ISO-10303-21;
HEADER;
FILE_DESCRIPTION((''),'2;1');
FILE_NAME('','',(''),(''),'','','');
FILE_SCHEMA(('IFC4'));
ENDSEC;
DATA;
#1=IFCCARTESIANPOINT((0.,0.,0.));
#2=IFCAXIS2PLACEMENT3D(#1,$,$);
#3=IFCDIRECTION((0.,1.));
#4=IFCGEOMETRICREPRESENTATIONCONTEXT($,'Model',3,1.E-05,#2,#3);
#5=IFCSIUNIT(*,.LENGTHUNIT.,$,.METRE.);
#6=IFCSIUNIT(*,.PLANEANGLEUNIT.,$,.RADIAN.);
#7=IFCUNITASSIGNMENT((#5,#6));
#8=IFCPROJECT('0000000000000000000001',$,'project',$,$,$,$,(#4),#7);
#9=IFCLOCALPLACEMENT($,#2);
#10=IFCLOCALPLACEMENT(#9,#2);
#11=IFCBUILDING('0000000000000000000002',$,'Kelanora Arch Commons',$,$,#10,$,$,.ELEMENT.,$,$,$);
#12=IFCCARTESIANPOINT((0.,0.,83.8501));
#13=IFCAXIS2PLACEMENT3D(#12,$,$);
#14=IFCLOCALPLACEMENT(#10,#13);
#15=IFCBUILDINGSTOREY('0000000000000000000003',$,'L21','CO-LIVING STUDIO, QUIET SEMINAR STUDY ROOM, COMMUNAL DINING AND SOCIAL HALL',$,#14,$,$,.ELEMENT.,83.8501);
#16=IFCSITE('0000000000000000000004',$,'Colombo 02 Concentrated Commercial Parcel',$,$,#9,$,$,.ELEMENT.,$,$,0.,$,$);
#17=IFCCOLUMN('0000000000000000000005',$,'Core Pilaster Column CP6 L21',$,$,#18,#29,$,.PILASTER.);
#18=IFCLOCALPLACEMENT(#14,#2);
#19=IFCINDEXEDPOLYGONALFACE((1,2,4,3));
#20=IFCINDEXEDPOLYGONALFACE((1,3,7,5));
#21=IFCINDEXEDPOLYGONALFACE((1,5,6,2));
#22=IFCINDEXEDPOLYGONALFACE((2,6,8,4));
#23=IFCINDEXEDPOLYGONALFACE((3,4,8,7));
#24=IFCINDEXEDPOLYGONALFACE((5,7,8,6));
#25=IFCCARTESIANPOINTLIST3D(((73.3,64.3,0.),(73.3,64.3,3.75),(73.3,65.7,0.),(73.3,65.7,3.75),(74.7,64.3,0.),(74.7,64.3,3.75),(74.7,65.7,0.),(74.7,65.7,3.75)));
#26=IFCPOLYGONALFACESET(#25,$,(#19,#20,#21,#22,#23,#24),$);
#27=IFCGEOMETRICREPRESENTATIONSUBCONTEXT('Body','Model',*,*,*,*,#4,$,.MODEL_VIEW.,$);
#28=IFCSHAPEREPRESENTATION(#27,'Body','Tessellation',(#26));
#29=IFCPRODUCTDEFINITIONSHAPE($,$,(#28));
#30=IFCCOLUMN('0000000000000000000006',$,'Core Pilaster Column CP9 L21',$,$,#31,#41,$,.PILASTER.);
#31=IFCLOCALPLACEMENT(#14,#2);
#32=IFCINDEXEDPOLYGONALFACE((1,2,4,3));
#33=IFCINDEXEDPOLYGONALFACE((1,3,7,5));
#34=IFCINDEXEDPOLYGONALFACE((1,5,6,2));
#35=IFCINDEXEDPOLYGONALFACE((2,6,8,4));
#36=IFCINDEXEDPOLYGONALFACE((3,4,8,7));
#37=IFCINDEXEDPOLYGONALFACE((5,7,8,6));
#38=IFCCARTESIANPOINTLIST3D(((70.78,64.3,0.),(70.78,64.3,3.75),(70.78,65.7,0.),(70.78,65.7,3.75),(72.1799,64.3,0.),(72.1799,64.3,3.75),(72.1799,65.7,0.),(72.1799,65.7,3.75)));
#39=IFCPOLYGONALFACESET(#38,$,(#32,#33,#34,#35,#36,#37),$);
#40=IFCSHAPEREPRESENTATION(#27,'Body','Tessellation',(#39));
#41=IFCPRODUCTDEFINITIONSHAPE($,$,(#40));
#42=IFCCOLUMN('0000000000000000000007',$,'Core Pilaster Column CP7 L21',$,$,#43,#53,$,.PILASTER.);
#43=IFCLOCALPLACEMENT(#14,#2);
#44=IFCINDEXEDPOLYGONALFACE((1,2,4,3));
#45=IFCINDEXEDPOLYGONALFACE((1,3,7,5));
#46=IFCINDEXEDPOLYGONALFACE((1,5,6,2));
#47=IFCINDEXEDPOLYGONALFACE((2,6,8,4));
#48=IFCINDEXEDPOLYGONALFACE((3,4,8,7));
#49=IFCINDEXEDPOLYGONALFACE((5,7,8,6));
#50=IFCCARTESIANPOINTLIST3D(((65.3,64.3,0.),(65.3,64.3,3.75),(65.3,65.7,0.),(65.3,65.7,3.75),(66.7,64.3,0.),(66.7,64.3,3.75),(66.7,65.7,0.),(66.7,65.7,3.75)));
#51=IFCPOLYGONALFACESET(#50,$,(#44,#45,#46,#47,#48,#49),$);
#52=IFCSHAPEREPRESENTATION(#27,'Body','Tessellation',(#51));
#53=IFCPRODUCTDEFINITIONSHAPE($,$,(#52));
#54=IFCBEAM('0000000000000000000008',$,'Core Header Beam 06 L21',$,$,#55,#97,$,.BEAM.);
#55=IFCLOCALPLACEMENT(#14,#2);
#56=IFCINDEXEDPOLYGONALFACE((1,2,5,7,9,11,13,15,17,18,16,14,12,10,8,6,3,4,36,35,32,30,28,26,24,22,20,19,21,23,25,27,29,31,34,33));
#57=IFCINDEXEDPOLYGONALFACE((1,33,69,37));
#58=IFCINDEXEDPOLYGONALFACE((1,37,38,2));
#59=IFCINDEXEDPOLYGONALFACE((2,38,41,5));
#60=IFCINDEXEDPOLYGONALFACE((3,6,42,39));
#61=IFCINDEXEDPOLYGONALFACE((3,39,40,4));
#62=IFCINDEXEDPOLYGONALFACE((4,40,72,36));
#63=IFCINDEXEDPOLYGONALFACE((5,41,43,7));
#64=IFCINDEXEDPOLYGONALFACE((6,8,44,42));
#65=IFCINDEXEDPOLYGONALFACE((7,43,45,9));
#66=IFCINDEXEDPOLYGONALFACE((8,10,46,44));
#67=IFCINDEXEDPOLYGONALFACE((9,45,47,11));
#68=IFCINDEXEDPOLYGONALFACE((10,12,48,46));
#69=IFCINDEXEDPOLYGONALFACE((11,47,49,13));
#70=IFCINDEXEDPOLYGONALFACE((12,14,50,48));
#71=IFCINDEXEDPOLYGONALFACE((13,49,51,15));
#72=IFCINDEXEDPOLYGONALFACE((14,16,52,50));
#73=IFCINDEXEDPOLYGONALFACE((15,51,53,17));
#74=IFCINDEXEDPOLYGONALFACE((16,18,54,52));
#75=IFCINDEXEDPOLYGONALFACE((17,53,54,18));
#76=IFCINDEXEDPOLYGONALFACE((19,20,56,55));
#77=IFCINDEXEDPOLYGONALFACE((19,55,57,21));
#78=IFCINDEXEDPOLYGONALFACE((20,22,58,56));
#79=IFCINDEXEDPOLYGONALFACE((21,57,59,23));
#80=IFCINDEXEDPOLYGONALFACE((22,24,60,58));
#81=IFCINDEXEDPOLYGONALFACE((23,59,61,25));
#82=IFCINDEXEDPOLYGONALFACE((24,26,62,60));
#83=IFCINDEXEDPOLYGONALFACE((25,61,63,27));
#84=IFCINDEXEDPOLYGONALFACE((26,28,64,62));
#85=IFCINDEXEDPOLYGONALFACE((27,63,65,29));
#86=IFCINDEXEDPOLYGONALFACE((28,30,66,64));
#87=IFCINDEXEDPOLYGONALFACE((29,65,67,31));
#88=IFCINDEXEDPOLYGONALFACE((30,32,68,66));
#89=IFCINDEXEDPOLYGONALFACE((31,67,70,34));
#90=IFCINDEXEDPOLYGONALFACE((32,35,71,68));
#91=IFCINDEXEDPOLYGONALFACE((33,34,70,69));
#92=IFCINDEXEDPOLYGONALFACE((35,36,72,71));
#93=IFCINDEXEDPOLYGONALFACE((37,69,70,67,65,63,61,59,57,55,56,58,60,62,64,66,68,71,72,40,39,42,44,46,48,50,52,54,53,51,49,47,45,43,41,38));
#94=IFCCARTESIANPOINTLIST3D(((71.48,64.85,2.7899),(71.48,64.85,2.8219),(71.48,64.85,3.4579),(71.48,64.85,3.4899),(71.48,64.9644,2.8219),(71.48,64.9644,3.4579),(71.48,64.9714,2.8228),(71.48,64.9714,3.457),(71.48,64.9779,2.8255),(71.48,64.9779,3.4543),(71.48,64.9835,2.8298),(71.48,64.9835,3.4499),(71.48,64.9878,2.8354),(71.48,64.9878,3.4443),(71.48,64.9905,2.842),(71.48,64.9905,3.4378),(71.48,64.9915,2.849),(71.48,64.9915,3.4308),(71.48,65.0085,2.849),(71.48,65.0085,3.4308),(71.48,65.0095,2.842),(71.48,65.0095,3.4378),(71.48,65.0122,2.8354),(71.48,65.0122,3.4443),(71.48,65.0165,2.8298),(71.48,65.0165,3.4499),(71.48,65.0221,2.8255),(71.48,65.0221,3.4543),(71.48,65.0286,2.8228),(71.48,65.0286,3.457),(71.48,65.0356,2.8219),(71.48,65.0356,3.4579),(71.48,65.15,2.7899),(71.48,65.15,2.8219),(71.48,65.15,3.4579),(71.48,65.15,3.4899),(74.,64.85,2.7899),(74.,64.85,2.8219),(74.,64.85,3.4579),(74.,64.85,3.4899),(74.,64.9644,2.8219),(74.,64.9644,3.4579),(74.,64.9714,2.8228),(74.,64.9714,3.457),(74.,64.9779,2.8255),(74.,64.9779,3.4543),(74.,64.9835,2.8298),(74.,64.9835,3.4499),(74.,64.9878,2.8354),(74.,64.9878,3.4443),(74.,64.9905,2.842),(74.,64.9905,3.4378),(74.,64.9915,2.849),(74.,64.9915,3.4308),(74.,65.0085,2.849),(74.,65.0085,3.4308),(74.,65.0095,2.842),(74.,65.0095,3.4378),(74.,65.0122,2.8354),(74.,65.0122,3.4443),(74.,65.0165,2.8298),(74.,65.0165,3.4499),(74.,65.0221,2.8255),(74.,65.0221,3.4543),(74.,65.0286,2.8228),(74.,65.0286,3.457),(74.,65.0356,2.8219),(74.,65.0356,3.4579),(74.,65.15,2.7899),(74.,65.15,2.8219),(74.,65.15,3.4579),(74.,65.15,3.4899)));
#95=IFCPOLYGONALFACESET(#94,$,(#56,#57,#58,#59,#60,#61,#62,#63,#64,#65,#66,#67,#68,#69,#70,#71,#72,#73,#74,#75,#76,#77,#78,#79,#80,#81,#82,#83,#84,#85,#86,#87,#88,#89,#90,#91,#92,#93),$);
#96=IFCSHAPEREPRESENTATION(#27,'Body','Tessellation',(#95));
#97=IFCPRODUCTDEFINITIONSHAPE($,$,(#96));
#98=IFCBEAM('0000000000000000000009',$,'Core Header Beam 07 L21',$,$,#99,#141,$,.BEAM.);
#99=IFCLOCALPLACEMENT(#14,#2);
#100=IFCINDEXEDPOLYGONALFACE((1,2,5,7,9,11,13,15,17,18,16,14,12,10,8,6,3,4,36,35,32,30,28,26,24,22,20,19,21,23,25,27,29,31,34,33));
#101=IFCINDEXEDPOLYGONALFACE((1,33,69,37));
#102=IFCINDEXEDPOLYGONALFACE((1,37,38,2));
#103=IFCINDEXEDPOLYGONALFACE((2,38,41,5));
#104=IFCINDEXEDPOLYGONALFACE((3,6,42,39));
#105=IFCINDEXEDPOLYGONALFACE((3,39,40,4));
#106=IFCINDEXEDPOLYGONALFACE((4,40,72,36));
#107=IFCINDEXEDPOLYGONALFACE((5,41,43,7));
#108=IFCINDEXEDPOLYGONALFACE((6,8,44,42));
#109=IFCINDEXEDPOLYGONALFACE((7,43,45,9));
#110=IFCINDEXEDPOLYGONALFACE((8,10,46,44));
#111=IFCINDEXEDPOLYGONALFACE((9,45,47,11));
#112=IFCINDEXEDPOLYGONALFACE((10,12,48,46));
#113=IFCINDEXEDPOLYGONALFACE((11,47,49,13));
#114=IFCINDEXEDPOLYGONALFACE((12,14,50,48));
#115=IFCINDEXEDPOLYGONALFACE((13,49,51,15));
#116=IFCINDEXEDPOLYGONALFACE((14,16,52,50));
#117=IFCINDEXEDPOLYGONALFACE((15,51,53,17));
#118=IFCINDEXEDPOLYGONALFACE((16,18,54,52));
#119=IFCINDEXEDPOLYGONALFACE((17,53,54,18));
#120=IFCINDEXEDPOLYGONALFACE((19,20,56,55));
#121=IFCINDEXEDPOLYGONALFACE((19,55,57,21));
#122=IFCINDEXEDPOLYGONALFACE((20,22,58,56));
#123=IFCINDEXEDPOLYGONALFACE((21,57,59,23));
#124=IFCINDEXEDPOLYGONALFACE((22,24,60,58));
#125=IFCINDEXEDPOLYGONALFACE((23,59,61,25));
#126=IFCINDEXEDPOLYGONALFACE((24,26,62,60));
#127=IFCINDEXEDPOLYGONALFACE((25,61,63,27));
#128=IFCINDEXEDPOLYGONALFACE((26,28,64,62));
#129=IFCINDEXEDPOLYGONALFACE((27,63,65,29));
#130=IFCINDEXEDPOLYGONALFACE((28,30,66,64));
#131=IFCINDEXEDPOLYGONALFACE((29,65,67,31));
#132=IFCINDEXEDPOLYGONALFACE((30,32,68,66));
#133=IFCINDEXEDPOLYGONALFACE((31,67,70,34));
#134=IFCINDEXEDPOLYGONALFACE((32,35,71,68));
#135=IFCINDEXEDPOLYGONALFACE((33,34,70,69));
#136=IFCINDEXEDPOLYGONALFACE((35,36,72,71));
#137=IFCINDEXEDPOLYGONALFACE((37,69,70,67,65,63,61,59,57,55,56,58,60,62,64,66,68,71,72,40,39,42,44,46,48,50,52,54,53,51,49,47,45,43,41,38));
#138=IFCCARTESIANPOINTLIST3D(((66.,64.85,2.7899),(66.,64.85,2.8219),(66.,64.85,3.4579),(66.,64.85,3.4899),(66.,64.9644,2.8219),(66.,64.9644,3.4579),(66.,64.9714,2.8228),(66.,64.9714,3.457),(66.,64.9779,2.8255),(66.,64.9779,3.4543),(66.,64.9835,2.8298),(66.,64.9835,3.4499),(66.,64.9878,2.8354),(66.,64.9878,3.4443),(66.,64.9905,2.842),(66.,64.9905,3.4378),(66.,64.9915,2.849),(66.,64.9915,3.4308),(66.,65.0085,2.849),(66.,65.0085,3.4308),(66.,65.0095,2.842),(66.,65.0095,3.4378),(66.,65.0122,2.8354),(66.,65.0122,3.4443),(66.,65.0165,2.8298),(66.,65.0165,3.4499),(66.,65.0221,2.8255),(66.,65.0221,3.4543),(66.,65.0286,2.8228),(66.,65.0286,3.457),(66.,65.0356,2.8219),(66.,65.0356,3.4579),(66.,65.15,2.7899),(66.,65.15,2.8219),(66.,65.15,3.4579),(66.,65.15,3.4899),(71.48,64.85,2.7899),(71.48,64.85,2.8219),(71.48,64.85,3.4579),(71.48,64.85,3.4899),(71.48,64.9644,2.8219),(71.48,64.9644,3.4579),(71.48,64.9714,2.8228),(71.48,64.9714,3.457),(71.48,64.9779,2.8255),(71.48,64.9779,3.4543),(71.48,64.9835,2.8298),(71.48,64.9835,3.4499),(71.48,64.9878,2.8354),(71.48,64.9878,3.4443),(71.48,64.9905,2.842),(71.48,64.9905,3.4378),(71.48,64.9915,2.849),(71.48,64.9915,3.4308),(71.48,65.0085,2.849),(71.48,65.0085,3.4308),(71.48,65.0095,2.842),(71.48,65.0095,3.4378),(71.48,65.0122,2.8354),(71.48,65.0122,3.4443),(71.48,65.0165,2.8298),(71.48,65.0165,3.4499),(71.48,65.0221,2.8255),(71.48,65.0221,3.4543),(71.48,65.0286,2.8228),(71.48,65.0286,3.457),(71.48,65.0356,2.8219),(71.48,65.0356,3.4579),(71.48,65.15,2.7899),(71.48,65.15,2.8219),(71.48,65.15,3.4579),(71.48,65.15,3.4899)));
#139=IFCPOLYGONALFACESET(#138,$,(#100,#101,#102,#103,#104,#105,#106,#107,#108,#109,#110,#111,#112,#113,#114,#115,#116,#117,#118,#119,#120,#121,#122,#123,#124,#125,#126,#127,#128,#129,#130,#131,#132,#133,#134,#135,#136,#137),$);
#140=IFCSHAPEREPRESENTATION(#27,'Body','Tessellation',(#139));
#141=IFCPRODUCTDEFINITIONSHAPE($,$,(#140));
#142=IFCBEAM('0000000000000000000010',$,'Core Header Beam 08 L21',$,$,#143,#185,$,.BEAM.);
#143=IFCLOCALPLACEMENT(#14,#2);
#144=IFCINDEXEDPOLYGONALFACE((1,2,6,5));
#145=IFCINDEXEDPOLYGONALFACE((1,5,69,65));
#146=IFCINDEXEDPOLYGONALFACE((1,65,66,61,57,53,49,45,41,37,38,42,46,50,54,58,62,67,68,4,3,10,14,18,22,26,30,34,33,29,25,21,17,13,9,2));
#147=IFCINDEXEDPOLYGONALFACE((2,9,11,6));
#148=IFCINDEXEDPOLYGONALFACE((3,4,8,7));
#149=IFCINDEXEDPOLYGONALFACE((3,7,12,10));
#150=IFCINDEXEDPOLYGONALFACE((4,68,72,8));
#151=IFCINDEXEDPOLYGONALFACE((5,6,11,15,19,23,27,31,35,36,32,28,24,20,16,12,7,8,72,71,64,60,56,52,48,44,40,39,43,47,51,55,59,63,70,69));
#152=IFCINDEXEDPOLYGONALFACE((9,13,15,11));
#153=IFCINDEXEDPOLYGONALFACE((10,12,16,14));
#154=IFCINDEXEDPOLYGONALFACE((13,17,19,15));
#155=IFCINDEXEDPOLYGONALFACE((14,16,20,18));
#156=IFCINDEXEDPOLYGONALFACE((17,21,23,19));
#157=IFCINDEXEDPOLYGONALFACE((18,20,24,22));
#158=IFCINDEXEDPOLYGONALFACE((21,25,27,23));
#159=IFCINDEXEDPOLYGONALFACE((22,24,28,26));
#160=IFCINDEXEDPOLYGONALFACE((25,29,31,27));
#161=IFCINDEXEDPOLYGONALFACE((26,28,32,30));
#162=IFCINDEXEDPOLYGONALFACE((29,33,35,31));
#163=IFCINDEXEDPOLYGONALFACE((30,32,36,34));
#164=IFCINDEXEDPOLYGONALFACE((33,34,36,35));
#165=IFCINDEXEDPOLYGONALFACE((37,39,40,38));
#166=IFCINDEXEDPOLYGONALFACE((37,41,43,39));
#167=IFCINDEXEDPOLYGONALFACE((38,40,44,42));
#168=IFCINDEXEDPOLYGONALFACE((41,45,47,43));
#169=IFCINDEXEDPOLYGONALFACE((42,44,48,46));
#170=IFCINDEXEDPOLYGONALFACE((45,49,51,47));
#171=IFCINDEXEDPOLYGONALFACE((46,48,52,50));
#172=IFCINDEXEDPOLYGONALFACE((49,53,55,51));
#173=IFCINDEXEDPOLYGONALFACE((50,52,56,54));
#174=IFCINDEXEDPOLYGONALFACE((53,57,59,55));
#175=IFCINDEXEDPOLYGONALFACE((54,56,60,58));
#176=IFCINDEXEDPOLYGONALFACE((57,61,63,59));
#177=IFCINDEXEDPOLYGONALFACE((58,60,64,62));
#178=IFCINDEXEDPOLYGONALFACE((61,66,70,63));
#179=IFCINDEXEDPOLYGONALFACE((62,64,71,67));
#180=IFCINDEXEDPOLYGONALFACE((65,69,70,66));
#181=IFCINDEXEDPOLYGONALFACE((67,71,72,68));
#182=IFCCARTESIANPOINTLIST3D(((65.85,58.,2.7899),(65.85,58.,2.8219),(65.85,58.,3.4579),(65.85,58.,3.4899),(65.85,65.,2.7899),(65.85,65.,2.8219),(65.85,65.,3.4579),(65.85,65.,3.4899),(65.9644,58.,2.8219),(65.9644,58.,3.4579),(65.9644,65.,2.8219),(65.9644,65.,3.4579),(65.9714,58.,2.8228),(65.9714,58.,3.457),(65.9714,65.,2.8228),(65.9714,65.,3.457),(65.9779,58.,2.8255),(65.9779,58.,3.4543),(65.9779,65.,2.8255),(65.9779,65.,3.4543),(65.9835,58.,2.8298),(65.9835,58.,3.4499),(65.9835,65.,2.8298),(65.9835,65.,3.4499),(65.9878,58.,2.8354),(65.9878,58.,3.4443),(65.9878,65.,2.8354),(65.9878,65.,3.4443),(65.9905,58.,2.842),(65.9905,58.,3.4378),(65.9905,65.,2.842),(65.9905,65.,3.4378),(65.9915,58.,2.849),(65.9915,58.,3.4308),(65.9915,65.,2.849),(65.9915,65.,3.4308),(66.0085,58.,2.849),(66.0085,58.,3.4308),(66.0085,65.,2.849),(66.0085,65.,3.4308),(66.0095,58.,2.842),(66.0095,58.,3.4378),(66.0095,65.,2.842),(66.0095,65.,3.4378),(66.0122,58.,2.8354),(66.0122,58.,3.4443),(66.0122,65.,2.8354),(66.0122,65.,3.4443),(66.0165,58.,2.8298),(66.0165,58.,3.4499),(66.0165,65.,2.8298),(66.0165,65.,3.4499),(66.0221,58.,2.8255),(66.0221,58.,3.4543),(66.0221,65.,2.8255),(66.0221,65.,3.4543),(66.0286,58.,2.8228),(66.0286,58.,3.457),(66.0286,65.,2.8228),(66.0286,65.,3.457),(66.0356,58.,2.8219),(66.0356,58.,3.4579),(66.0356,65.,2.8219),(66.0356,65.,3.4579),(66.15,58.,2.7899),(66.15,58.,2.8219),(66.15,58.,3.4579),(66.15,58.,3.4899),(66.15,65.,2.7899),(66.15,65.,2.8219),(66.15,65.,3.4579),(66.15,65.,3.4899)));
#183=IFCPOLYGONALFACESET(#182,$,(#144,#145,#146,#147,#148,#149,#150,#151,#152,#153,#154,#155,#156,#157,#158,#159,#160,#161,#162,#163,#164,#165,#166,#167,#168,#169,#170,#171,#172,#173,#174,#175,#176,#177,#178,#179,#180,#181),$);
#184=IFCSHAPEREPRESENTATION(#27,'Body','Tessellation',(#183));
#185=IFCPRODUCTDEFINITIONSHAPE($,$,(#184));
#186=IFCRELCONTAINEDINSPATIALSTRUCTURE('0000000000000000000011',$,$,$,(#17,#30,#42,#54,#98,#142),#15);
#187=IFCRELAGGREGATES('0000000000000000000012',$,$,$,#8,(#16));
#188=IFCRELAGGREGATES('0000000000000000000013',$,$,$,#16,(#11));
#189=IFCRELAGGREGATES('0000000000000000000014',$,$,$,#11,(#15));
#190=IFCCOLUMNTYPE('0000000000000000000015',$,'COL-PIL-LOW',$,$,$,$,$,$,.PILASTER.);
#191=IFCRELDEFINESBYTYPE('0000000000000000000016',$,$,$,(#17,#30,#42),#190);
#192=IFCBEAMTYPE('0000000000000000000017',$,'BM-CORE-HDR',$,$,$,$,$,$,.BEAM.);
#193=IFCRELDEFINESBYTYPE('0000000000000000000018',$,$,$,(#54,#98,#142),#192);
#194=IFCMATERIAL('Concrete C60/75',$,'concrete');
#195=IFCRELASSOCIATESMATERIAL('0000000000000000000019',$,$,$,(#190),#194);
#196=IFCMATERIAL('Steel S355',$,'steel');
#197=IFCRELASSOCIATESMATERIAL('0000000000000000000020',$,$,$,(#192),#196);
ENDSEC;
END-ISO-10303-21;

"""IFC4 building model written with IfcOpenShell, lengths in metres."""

from ifc_helpers import new_model, si_unit, direction, frame, origin, origin_2d, place, context, subcontext, project, spatial, rectangle, i_section, extrude, material, material_profile, profile_set, type_object, element, save


model = new_model("IFC4")

# Units and contexts
model_context = context("Model", 3, precision=1e-05, world=origin(), true_north=direction((0.0, 1.0)))
body_context = subcontext(model_context, "Body", "Model", "MODEL_VIEW")
ifc_project = project(units=[si_unit("LENGTHUNIT", "METRE"), si_unit("PLANEANGLEUNIT", "RADIAN")], contexts=[model_context])

# Site, building, storey
site_placement = place(None, origin())
site = spatial("IfcSite", under=ifc_project, at=site_placement, Name="Colombo 02 Concentrated Commercial Parcel", CompositionType="ELEMENT", RefElevation=0.0)
building_placement = place(site_placement, origin())
building = spatial("IfcBuilding", under=site, at=building_placement, Name="Kelanora Arch Commons", CompositionType="ELEMENT")
storey_placement = place(building_placement, frame((0.0, 0.0, 83.8501)))
storey = spatial("IfcBuildingStorey", under=building, at=storey_placement, Name="L21", Description="CO-LIVING STUDIO, QUIET SEMINAR STUDY ROOM, COMMUNAL DINING AND SOCIAL HALL", CompositionType="ELEMENT", Elevation=83.8501)

# Columns
ifc_material_1 = material(Name="Concrete C60/75", Category="concrete")
ifc_material_profile_1 = material_profile(ifc_material_1, rectangle(XDim=1.3999, YDim=1.3999, at=origin_2d()), Name="RC1400x1400")
ifc_profile_set_1 = profile_set([ifc_material_profile_1], Name="Concrete C60/75")
column_type = type_object("IfcColumnType", Name="COL-PIL-LOW", PredefinedType="PILASTER", material=ifc_profile_set_1)
for number, where, z_axis, x_axis, name in (
    (1, (74.0, 65.0, 0.0), (0.0, 0.0, 1.0), (1.0, 0.0, 0.0), "Core Pilaster Column CP6 L21"),
    (2, (71.48, 65.0, 0.0), (0.0, 0.0, 1.0), (1.0, 0.0, 0.0), "Core Pilaster Column CP9 L21"),
    (3, (66.0, 65.0, 0.0), (0.0, 0.0, 1.0), (1.0, 0.0, 0.0), "Core Pilaster Column CP7 L21"),
):
    element("IfcColumn", number, at=place(storey_placement, frame(where, z_axis=z_axis, x_axis=x_axis)), inside=storey, type_object=column_type, Name=name, PredefinedType="PILASTER", context=body_context, shape_type="SweptSolid", body=[
        extrude(rectangle(XDim=1.3999, YDim=1.3999, at=origin_2d()), origin(), (0.0, 0.0, 1.0), 3.75),
    ])

# Beams
ifc_material_2 = material(Name="Steel S355", Category="steel")
ifc_material_profile_2 = material_profile(ifc_material_2, i_section(OverallWidth=0.3, OverallDepth=0.7, WebThickness=0.0171, FlangeThickness=0.032, FilletRadius=0.0271, at=origin_2d()), Name="HEB700")
ifc_profile_set_2 = profile_set([ifc_material_profile_2], Name="Steel S355")
beam_type_1 = type_object("IfcBeamType", Name="BM-CORE-HDR", PredefinedType="BEAM", material=ifc_profile_set_2)
beam_1_placement = place(storey_placement, frame((74.0, 65.0, 3.1399), z_axis=(-1.0, 0.0, 0.0), x_axis=(0.0, -1.0, 0.0)))
element("IfcBeam", 4, at=beam_1_placement, inside=storey, type_object=beam_type_1, Name="Core Header Beam 06 L21", PredefinedType="BEAM", context=body_context, shape_type="SweptSolid", body=[
    extrude(i_section(OverallWidth=0.3, OverallDepth=0.7, WebThickness=0.0171, FlangeThickness=0.032, FilletRadius=0.0271, at=origin_2d()), origin(), (0.0, 0.0, 1.0), 2.52),
])
beam_2_placement = place(storey_placement, frame((71.48, 65.0, 3.1399), z_axis=(-1.0, 0.0, 0.0), x_axis=(0.0, -1.0, 0.0)))
element("IfcBeam", 5, at=beam_2_placement, inside=storey, type_object=beam_type_1, Name="Core Header Beam 07 L21", PredefinedType="BEAM", context=body_context, shape_type="SweptSolid", body=[
    extrude(i_section(OverallWidth=0.3, OverallDepth=0.7, WebThickness=0.0171, FlangeThickness=0.032, FilletRadius=0.0271, at=origin_2d()), origin(), (0.0, 0.0, 1.0), 5.48),
])
beam_3_placement = place(storey_placement, frame((66.0, 65.0, 3.1399), z_axis=(0.0, -1.0, 0.0), x_axis=(1.0, 0.0, 0.0)))
element("IfcBeam", 6, at=beam_3_placement, inside=storey, type_object=beam_type_1, Name="Core Header Beam 08 L21", PredefinedType="BEAM", context=body_context, shape_type="SweptSolid", body=[
    extrude(i_section(OverallWidth=0.3, OverallDepth=0.7, WebThickness=0.0171, FlangeThickness=0.032, FilletRadius=0.0271, at=origin_2d()), origin(), (0.0, 0.0, 1.0), 7.0),
])

save(model, "model.ifc")
